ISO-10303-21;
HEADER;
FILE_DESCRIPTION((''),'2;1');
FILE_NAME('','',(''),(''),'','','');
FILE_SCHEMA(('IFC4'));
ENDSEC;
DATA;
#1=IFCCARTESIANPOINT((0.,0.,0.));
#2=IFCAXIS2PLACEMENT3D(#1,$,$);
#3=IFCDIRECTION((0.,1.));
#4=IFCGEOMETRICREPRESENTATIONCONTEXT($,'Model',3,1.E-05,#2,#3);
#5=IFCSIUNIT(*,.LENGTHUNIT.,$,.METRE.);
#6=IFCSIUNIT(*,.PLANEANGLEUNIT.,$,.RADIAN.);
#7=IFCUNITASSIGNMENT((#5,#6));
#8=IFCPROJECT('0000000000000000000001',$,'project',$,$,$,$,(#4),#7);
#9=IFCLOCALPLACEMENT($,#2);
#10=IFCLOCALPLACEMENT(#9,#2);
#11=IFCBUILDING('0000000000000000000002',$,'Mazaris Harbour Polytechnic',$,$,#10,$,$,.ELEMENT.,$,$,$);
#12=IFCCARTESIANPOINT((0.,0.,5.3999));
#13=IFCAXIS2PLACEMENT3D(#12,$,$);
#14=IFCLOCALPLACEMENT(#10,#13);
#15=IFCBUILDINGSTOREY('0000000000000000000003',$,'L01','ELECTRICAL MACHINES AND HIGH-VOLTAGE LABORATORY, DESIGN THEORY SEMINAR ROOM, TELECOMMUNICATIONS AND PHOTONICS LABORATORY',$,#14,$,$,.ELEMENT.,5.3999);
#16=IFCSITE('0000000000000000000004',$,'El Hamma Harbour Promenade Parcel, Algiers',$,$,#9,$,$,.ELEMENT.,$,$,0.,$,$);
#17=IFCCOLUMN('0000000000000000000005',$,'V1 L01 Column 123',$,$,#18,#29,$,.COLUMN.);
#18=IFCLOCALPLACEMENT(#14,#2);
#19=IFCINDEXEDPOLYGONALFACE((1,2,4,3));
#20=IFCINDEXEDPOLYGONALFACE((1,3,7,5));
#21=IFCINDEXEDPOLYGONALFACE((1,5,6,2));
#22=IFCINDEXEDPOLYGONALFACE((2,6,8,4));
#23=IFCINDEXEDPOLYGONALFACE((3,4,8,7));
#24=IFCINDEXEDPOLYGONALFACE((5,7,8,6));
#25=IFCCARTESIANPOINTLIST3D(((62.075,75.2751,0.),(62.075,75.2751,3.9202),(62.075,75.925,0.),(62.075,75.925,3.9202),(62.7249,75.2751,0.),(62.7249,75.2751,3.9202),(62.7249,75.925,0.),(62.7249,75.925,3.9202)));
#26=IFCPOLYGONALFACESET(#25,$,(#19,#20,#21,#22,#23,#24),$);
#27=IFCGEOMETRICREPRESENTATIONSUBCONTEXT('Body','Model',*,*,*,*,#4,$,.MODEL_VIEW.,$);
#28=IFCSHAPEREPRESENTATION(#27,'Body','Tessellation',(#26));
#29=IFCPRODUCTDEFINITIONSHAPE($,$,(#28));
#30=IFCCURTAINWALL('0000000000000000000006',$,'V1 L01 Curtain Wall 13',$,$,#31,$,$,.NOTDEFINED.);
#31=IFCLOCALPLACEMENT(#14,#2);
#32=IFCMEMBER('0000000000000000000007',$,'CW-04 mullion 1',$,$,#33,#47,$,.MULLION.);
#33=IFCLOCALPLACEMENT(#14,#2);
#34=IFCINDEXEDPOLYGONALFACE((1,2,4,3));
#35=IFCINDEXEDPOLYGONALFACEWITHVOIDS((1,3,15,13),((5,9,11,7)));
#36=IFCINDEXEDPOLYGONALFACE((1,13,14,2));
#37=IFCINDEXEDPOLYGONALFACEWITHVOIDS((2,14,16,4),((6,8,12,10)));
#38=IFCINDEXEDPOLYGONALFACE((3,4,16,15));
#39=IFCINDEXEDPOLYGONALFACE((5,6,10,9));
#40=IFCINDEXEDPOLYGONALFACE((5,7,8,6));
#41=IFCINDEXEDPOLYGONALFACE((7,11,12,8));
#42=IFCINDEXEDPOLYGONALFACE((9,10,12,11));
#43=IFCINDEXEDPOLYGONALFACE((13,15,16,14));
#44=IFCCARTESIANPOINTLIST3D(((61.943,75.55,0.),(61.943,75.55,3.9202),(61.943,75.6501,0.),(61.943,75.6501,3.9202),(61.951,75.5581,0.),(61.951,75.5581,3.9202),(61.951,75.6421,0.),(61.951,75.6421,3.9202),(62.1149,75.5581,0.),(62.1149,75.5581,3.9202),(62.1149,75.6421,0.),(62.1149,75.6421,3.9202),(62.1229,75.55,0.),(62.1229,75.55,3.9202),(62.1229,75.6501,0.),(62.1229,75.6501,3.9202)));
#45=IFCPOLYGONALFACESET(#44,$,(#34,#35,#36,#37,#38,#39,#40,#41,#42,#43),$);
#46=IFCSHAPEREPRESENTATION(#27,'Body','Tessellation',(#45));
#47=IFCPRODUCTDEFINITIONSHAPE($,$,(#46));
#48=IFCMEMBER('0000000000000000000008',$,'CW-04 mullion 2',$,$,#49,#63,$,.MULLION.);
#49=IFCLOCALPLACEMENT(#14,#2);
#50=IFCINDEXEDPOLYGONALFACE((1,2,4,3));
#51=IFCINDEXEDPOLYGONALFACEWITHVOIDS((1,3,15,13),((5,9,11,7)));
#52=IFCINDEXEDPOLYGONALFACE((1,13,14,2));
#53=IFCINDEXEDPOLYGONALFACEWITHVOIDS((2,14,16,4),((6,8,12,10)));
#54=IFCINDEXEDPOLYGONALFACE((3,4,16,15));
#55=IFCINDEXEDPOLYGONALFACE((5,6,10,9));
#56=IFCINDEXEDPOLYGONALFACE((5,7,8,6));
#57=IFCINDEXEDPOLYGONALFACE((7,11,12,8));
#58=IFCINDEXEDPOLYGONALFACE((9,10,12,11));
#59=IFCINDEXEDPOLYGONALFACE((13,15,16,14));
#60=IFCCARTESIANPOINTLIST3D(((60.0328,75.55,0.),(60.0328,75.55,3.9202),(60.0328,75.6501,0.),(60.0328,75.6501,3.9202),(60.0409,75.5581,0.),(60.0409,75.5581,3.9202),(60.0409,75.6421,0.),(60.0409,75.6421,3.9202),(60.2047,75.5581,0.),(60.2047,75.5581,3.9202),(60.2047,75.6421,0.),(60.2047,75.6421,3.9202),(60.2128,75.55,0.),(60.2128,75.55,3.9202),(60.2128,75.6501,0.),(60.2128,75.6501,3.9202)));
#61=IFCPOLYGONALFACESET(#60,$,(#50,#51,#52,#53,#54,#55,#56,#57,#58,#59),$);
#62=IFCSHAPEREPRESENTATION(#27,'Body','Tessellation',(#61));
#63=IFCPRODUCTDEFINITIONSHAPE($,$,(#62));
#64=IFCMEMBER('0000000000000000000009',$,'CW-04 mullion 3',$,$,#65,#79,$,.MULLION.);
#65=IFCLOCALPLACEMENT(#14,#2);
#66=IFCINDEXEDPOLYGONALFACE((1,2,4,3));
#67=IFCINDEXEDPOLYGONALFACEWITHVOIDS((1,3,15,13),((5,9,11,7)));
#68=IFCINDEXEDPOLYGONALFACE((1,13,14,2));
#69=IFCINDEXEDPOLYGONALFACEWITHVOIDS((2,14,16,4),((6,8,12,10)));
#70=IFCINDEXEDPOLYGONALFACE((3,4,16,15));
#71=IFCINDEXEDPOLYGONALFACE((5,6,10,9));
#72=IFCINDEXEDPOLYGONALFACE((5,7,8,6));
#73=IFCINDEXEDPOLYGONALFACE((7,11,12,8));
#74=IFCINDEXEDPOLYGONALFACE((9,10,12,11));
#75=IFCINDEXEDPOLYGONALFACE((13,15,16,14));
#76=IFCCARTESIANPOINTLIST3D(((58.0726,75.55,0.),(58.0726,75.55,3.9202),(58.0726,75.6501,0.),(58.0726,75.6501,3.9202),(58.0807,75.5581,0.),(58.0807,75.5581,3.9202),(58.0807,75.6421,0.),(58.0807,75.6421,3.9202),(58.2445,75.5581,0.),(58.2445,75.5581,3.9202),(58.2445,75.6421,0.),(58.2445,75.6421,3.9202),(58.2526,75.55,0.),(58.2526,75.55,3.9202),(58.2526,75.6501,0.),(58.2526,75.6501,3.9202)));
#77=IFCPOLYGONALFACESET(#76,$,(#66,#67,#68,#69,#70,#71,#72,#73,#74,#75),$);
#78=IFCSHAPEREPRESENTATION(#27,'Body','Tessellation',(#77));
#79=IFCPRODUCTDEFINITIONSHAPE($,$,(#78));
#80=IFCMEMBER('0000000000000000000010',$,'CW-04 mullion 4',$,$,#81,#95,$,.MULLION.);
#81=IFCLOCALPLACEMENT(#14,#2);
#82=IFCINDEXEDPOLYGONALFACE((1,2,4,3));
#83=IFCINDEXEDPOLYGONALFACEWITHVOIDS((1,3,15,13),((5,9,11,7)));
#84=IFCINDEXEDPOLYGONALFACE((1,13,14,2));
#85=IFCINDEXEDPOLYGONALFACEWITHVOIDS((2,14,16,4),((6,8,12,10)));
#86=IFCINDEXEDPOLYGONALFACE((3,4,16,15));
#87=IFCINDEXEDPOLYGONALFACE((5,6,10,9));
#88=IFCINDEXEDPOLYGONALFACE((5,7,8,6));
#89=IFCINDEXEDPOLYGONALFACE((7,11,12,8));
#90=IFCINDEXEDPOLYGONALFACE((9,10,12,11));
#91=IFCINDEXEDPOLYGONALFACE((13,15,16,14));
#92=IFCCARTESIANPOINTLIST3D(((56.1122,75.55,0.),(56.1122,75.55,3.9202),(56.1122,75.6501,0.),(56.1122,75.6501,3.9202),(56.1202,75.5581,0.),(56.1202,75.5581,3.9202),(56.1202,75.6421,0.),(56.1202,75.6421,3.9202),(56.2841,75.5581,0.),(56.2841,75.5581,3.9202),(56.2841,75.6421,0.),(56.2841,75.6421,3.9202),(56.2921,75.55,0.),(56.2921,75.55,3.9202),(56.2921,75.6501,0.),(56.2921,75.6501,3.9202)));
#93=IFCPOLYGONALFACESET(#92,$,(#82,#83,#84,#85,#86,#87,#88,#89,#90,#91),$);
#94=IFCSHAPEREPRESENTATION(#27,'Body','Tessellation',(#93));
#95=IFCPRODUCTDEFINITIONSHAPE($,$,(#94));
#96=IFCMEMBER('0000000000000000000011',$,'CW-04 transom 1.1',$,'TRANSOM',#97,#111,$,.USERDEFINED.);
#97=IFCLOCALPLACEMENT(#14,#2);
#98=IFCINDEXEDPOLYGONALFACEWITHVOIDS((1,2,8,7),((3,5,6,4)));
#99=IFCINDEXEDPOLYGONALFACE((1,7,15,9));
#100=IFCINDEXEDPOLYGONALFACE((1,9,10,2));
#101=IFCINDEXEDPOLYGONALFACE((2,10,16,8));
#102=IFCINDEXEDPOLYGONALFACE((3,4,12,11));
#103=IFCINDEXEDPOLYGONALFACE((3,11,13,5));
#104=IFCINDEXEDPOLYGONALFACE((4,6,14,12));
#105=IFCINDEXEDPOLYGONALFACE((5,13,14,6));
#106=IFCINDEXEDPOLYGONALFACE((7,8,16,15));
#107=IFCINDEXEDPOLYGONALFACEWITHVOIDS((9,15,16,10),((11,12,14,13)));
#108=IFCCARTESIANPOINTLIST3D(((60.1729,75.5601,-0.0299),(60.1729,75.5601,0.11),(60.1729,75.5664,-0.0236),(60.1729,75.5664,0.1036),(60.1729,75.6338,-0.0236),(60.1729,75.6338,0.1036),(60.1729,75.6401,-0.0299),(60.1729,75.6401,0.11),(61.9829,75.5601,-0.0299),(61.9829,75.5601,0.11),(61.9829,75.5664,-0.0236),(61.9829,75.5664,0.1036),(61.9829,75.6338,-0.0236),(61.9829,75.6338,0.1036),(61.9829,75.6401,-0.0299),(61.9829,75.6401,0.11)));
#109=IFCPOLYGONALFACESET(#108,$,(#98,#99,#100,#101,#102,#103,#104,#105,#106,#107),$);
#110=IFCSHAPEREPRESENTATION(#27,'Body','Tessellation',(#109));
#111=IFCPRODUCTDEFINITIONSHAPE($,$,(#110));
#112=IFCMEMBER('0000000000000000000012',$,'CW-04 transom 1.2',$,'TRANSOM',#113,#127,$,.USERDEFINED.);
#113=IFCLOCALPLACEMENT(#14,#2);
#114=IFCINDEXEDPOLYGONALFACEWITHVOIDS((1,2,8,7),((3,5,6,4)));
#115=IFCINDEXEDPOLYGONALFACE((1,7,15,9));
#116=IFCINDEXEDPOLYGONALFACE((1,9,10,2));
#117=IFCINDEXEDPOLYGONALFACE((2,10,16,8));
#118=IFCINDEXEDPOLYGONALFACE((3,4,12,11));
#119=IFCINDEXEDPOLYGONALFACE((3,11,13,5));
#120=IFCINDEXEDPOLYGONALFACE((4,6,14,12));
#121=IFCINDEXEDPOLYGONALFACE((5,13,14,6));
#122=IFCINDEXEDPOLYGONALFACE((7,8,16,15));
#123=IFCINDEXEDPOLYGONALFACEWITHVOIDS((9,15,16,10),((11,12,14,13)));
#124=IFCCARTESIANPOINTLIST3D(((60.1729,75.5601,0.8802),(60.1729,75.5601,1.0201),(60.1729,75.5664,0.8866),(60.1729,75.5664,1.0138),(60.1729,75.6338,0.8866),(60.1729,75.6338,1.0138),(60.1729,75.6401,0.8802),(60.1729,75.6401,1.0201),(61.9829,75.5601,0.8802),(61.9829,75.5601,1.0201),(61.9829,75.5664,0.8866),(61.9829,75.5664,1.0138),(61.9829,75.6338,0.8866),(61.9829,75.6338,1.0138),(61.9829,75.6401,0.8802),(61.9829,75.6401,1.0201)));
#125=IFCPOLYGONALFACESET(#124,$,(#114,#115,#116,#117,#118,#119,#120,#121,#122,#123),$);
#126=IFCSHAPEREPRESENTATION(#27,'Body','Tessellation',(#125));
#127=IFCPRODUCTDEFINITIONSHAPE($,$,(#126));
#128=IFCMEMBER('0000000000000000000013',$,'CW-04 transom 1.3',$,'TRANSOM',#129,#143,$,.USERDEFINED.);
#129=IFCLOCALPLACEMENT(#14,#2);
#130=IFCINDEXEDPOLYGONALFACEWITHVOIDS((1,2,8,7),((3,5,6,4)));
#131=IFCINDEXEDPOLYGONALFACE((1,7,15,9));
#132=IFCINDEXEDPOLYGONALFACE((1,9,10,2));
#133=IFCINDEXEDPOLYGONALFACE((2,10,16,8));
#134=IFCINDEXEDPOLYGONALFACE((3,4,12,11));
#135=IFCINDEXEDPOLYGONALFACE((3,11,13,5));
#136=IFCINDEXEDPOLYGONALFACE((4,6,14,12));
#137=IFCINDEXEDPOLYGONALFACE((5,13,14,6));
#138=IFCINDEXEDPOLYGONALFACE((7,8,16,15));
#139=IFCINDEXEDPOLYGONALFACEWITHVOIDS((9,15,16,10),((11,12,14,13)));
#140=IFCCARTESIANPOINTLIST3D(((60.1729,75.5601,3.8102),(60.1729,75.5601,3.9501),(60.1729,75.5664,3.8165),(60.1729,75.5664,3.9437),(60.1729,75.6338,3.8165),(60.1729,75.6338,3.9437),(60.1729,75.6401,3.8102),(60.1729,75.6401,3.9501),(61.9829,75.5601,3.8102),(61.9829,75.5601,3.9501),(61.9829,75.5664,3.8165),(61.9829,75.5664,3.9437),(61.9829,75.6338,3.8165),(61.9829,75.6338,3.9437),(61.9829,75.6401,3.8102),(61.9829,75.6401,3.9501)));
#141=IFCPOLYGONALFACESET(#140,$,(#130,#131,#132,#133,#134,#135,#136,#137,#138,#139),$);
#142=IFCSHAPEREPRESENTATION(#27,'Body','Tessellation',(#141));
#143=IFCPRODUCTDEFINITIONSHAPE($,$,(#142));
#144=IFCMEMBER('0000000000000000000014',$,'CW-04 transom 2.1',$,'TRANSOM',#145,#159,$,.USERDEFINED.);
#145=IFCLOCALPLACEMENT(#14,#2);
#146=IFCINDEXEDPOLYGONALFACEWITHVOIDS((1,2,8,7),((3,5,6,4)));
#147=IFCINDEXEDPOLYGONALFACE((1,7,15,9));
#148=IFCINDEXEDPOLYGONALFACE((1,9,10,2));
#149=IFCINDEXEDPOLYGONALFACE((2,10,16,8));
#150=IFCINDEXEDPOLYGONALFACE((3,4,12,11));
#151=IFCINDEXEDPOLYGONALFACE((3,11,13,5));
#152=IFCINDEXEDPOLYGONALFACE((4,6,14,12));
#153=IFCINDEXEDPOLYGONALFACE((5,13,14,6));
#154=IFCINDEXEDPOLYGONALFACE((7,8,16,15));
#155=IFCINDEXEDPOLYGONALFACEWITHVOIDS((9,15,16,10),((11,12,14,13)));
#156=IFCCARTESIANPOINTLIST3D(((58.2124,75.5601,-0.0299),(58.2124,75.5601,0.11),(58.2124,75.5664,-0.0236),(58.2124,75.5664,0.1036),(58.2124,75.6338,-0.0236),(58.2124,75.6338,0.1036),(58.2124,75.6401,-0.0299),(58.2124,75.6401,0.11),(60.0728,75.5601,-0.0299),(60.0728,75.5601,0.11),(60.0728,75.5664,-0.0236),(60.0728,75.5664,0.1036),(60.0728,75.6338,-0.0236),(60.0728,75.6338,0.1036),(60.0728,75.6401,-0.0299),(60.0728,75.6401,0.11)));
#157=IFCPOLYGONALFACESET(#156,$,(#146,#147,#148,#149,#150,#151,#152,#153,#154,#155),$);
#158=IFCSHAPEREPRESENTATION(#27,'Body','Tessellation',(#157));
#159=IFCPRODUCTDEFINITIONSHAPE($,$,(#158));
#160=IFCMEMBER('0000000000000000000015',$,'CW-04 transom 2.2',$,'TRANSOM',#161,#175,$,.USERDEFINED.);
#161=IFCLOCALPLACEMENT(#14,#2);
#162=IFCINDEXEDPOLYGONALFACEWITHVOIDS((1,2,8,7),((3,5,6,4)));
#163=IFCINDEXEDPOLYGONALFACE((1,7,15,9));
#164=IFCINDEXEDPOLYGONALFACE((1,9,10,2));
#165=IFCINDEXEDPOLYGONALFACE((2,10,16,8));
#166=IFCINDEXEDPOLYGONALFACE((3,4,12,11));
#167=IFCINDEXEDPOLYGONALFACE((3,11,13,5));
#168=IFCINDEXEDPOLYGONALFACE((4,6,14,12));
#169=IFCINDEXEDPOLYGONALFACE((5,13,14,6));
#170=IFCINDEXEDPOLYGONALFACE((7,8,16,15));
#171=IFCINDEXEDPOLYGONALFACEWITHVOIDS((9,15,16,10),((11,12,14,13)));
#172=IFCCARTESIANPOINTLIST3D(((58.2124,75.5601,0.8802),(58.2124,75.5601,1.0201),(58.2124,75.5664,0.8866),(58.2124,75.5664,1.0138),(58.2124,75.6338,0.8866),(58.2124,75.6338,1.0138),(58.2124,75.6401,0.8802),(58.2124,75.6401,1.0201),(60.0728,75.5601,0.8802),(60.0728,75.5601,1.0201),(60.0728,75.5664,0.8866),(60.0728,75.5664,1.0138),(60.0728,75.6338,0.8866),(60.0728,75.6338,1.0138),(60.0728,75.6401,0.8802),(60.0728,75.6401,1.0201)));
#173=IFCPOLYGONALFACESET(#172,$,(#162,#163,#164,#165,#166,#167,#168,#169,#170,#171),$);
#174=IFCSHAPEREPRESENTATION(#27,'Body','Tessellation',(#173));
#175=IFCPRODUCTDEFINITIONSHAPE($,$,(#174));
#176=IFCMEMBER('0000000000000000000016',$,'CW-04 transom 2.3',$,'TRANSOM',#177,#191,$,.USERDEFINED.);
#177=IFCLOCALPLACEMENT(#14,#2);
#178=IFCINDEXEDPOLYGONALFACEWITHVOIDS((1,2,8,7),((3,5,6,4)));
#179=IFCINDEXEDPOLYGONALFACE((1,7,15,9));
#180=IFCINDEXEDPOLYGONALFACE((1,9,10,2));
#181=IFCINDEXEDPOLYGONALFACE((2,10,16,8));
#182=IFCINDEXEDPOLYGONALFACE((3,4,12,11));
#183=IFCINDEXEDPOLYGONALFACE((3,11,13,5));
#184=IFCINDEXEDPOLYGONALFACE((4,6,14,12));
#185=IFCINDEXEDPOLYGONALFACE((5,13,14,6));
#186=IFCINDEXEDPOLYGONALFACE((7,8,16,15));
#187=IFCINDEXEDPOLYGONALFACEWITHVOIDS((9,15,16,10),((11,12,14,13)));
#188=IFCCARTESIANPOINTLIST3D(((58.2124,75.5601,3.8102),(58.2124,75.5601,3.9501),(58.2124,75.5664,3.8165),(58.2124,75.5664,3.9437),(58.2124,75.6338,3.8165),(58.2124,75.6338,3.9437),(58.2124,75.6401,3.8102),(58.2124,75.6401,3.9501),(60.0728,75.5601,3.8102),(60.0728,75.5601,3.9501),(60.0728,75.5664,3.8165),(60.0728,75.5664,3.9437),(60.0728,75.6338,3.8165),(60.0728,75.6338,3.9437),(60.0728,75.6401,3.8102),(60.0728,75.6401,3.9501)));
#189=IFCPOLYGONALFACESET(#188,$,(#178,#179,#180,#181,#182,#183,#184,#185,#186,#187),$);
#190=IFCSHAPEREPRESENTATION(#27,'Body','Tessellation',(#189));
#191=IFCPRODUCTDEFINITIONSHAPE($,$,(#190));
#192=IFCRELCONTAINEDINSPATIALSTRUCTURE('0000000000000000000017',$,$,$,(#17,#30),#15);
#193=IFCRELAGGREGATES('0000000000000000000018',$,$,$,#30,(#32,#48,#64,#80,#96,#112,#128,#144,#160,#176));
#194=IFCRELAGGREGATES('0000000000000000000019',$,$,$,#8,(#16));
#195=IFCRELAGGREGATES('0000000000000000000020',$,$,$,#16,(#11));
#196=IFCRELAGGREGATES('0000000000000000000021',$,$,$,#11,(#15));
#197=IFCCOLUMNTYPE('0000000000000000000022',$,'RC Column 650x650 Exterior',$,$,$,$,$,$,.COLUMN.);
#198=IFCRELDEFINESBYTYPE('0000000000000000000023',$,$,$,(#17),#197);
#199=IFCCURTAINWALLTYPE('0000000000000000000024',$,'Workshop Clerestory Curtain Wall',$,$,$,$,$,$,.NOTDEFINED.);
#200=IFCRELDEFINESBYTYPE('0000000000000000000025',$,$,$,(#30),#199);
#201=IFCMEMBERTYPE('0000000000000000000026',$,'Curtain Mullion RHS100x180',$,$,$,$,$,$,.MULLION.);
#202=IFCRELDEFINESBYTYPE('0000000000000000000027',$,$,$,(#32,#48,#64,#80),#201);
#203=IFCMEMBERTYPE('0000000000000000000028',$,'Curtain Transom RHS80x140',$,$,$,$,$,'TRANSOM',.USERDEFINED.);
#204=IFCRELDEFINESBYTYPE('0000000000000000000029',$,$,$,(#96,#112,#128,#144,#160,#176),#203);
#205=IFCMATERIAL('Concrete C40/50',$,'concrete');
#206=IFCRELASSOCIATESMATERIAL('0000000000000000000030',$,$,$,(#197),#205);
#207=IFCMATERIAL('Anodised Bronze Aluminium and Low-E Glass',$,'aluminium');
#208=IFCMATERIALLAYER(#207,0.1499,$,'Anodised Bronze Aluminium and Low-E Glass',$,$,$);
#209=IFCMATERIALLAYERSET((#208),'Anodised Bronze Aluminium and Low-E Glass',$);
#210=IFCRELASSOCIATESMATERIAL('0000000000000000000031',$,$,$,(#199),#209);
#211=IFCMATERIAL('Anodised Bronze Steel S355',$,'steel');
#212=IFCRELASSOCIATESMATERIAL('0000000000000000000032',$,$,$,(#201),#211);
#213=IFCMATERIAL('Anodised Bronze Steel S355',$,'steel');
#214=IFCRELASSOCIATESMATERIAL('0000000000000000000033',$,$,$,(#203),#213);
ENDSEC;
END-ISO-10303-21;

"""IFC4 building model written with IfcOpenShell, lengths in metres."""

from ifc_helpers import new_model, si_unit, direction, frame, origin, origin_2d, place, context, subcontext, project, spatial, rectangle, hollow_rectangle, extrude, material, layer, layer_set, material_profile, profile_set, type_object, element, aggregate, save


model = new_model("IFC4")

# Units and contexts
model_context = context("Model", 3, precision=1e-05, world=origin(), true_north=direction((0.0, 1.0)))
body_context = subcontext(model_context, "Body", "Model", "MODEL_VIEW")
ifc_project = project(units=[si_unit("LENGTHUNIT", "METRE"), si_unit("PLANEANGLEUNIT", "RADIAN")], contexts=[model_context])

# Site, building, storey
site_placement = place(None, origin())
site = spatial("IfcSite", under=ifc_project, at=site_placement, Name="El Hamma Harbour Promenade Parcel, Algiers", CompositionType="ELEMENT", RefElevation=0.0)
building_placement = place(site_placement, origin())
building = spatial("IfcBuilding", under=site, at=building_placement, Name="Mazaris Harbour Polytechnic", CompositionType="ELEMENT")
storey_placement = place(building_placement, frame((0.0, 0.0, 5.3999)))
storey = spatial("IfcBuildingStorey", under=building, at=storey_placement, Name="L01", Description="ELECTRICAL MACHINES AND HIGH-VOLTAGE LABORATORY, DESIGN THEORY SEMINAR ROOM, TELECOMMUNICATIONS AND PHOTONICS LABORATORY", CompositionType="ELEMENT", Elevation=5.3999)

# Column
ifc_material_1 = material(Name="Concrete C40/50", Category="concrete")
ifc_material_profile_1 = material_profile(ifc_material_1, rectangle(XDim=0.6499, YDim=0.6499, at=origin_2d()), Name="RECT650x650")
ifc_profile_set_1 = profile_set([ifc_material_profile_1], Name="Concrete C40/50")
column_type = type_object("IfcColumnType", Name="RC Column 650x650 Exterior", PredefinedType="COLUMN", material=ifc_profile_set_1)
column_placement = place(storey_placement, frame((62.3999, 75.6001, 0.0), z_axis=(0.0, 0.0, 1.0), x_axis=(1.0, 0.0, 0.0)))
element("IfcColumn", 1, at=column_placement, inside=storey, type_object=column_type, Name="V1 L01 Column 123", PredefinedType="COLUMN", context=body_context, shape_type="SweptSolid", body=[
    extrude(rectangle(XDim=0.6499, YDim=0.6499, at=origin_2d()), origin(), (0.0, 0.0, 1.0), 3.9202),
])

# Curtain wall, members
ifc_material_2 = material(Name="Anodised Bronze Aluminium and Low-E Glass", Category="aluminium")
ifc_layer_1 = layer(ifc_material_2, 0.1499, Name="Anodised Bronze Aluminium and Low-E Glass")
ifc_layer_set_1 = layer_set([ifc_layer_1], Name="Anodised Bronze Aluminium and Low-E Glass")
curtain_wall_type = type_object("IfcCurtainWallType", Name="Workshop Clerestory Curtain Wall", PredefinedType="NOTDEFINED", material=ifc_layer_set_1)
curtain_wall_placement = place(storey_placement, origin())
curtain_wall = element("IfcCurtainWall", 2, at=curtain_wall_placement, inside=storey, type_object=curtain_wall_type, Name="V1 L01 Curtain Wall 13", PredefinedType="NOTDEFINED")
ifc_material_3 = material(Name="Anodised Bronze Steel S355", Category="steel")
ifc_material_profile_2 = material_profile(ifc_material_3, hollow_rectangle(XDim=0.1001, YDim=0.1799, WallThickness=0.0081, at=origin_2d()), Name="RHS 100x180x8.0")
ifc_profile_set_2 = profile_set([ifc_material_profile_2], Name="Anodised Bronze Steel S355")
member_type_1 = type_object("IfcMemberType", Name="Curtain Mullion RHS100x180", PredefinedType="MULLION", material=ifc_profile_set_2)
member_1_placement = place(storey_placement, frame((62.033, 75.6001, 0.0), z_axis=(0.0, 0.0, 1.0), x_axis=(0.0, -1.0, 0.0)))
member_1 = element("IfcMember", 3, at=member_1_placement, type_object=member_type_1, Name="CW-04 mullion 1", PredefinedType="MULLION", context=body_context, shape_type="SweptSolid", body=[
    extrude(hollow_rectangle(XDim=0.1001, YDim=0.1799, WallThickness=0.0081, at=origin_2d()), origin(), (0.0, 0.0, 1.0), 3.9202),
])
member_2_placement = place(storey_placement, frame((60.1228, 75.6001, 0.0), z_axis=(0.0, 0.0, 1.0), x_axis=(0.0, -1.0, 0.0)))
member_2 = element("IfcMember", 4, at=member_2_placement, type_object=member_type_1, Name="CW-04 mullion 2", PredefinedType="MULLION", context=body_context, shape_type="SweptSolid", body=[
    extrude(hollow_rectangle(XDim=0.1001, YDim=0.1799, WallThickness=0.0081, at=origin_2d()), origin(), (0.0, 0.0, 1.0), 3.9202),
])
member_3_placement = place(storey_placement, frame((58.1626, 75.6001, 0.0), z_axis=(0.0, 0.0, 1.0), x_axis=(0.0, -1.0, 0.0)))
member_3 = element("IfcMember", 5, at=member_3_placement, type_object=member_type_1, Name="CW-04 mullion 3", PredefinedType="MULLION", context=body_context, shape_type="SweptSolid", body=[
    extrude(hollow_rectangle(XDim=0.1001, YDim=0.1799, WallThickness=0.0081, at=origin_2d()), origin(), (0.0, 0.0, 1.0), 3.9202),
])
member_4_placement = place(storey_placement, frame((56.2021, 75.6001, 0.0), z_axis=(0.0, 0.0, 1.0), x_axis=(0.0, -1.0, 0.0)))
member_4 = element("IfcMember", 6, at=member_4_placement, type_object=member_type_1, Name="CW-04 mullion 4", PredefinedType="MULLION", context=body_context, shape_type="SweptSolid", body=[
    extrude(hollow_rectangle(XDim=0.1001, YDim=0.1799, WallThickness=0.0081, at=origin_2d()), origin(), (0.0, 0.0, 1.0), 3.9202),
])
ifc_material_4 = material(Name="Anodised Bronze Steel S355", Category="steel")
ifc_material_profile_3 = material_profile(ifc_material_4, hollow_rectangle(XDim=0.0801, YDim=0.1399, WallThickness=0.0063, at=origin_2d()), Name="RHS 80x140x6.3")
ifc_profile_set_3 = profile_set([ifc_material_profile_3], Name="Anodised Bronze Steel S355")
member_type_2 = type_object("IfcMemberType", Name="Curtain Transom RHS80x140", ElementType="TRANSOM", PredefinedType="USERDEFINED", material=ifc_profile_set_3)
member_5_placement = place(storey_placement, frame((61.9829, 75.6001, 0.04), z_axis=(-1.0, 0.0, 0.0), x_axis=(0.0, -1.0, 0.0)))
member_5 = element("IfcMember", 7, at=member_5_placement, type_object=member_type_2, Name="CW-04 transom 1.1", ObjectType="TRANSOM", PredefinedType="USERDEFINED", context=body_context, shape_type="SweptSolid", body=[
    extrude(hollow_rectangle(XDim=0.0801, YDim=0.1399, WallThickness=0.0063, at=origin_2d()), origin(), (0.0, 0.0, 1.0), 1.8101),
])
member_6_placement = place(storey_placement, frame((61.9829, 75.6001, 0.9502), z_axis=(-1.0, 0.0, 0.0), x_axis=(0.0, -1.0, 0.0)))
member_6 = element("IfcMember", 8, at=member_6_placement, type_object=member_type_2, Name="CW-04 transom 1.2", ObjectType="TRANSOM", PredefinedType="USERDEFINED", context=body_context, shape_type="SweptSolid", body=[
    extrude(hollow_rectangle(XDim=0.0801, YDim=0.1399, WallThickness=0.0063, at=origin_2d()), origin(), (0.0, 0.0, 1.0), 1.8101),
])
member_7_placement = place(storey_placement, frame((61.9829, 75.6001, 3.8801), z_axis=(-1.0, 0.0, 0.0), x_axis=(0.0, -1.0, 0.0)))
member_7 = element("IfcMember", 9, at=member_7_placement, type_object=member_type_2, Name="CW-04 transom 1.3", ObjectType="TRANSOM", PredefinedType="USERDEFINED", context=body_context, shape_type="SweptSolid", body=[
    extrude(hollow_rectangle(XDim=0.0801, YDim=0.1399, WallThickness=0.0063, at=origin_2d()), origin(), (0.0, 0.0, 1.0), 1.8101),
])
member_8_placement = place(storey_placement, frame((60.0728, 75.6001, 0.04), z_axis=(-1.0, 0.0, 0.0), x_axis=(0.0, -1.0, 0.0)))
member_8 = element("IfcMember", 10, at=member_8_placement, type_object=member_type_2, Name="CW-04 transom 2.1", ObjectType="TRANSOM", PredefinedType="USERDEFINED", context=body_context, shape_type="SweptSolid", body=[
    extrude(hollow_rectangle(XDim=0.0801, YDim=0.1399, WallThickness=0.0063, at=origin_2d()), origin(), (0.0, 0.0, 1.0), 1.8604),
])
member_9_placement = place(storey_placement, frame((60.0728, 75.6001, 0.9502), z_axis=(-1.0, 0.0, 0.0), x_axis=(0.0, -1.0, 0.0)))
member_9 = element("IfcMember", 11, at=member_9_placement, type_object=member_type_2, Name="CW-04 transom 2.2", ObjectType="TRANSOM", PredefinedType="USERDEFINED", context=body_context, shape_type="SweptSolid", body=[
    extrude(hollow_rectangle(XDim=0.0801, YDim=0.1399, WallThickness=0.0063, at=origin_2d()), origin(), (0.0, 0.0, 1.0), 1.8604),
])
member_10_placement = place(storey_placement, frame((60.0728, 75.6001, 3.8801), z_axis=(-1.0, 0.0, 0.0), x_axis=(0.0, -1.0, 0.0)))
member_10 = element("IfcMember", 12, at=member_10_placement, type_object=member_type_2, Name="CW-04 transom 2.3", ObjectType="TRANSOM", PredefinedType="USERDEFINED", context=body_context, shape_type="SweptSolid", body=[
    extrude(hollow_rectangle(XDim=0.0801, YDim=0.1399, WallThickness=0.0063, at=origin_2d()), origin(), (0.0, 0.0, 1.0), 1.8604),
])

aggregate(curtain_wall, [member_1, member_2, member_3, member_4, member_5, member_6, member_7, member_8, member_9, member_10])

save(model, "model.ifc")
